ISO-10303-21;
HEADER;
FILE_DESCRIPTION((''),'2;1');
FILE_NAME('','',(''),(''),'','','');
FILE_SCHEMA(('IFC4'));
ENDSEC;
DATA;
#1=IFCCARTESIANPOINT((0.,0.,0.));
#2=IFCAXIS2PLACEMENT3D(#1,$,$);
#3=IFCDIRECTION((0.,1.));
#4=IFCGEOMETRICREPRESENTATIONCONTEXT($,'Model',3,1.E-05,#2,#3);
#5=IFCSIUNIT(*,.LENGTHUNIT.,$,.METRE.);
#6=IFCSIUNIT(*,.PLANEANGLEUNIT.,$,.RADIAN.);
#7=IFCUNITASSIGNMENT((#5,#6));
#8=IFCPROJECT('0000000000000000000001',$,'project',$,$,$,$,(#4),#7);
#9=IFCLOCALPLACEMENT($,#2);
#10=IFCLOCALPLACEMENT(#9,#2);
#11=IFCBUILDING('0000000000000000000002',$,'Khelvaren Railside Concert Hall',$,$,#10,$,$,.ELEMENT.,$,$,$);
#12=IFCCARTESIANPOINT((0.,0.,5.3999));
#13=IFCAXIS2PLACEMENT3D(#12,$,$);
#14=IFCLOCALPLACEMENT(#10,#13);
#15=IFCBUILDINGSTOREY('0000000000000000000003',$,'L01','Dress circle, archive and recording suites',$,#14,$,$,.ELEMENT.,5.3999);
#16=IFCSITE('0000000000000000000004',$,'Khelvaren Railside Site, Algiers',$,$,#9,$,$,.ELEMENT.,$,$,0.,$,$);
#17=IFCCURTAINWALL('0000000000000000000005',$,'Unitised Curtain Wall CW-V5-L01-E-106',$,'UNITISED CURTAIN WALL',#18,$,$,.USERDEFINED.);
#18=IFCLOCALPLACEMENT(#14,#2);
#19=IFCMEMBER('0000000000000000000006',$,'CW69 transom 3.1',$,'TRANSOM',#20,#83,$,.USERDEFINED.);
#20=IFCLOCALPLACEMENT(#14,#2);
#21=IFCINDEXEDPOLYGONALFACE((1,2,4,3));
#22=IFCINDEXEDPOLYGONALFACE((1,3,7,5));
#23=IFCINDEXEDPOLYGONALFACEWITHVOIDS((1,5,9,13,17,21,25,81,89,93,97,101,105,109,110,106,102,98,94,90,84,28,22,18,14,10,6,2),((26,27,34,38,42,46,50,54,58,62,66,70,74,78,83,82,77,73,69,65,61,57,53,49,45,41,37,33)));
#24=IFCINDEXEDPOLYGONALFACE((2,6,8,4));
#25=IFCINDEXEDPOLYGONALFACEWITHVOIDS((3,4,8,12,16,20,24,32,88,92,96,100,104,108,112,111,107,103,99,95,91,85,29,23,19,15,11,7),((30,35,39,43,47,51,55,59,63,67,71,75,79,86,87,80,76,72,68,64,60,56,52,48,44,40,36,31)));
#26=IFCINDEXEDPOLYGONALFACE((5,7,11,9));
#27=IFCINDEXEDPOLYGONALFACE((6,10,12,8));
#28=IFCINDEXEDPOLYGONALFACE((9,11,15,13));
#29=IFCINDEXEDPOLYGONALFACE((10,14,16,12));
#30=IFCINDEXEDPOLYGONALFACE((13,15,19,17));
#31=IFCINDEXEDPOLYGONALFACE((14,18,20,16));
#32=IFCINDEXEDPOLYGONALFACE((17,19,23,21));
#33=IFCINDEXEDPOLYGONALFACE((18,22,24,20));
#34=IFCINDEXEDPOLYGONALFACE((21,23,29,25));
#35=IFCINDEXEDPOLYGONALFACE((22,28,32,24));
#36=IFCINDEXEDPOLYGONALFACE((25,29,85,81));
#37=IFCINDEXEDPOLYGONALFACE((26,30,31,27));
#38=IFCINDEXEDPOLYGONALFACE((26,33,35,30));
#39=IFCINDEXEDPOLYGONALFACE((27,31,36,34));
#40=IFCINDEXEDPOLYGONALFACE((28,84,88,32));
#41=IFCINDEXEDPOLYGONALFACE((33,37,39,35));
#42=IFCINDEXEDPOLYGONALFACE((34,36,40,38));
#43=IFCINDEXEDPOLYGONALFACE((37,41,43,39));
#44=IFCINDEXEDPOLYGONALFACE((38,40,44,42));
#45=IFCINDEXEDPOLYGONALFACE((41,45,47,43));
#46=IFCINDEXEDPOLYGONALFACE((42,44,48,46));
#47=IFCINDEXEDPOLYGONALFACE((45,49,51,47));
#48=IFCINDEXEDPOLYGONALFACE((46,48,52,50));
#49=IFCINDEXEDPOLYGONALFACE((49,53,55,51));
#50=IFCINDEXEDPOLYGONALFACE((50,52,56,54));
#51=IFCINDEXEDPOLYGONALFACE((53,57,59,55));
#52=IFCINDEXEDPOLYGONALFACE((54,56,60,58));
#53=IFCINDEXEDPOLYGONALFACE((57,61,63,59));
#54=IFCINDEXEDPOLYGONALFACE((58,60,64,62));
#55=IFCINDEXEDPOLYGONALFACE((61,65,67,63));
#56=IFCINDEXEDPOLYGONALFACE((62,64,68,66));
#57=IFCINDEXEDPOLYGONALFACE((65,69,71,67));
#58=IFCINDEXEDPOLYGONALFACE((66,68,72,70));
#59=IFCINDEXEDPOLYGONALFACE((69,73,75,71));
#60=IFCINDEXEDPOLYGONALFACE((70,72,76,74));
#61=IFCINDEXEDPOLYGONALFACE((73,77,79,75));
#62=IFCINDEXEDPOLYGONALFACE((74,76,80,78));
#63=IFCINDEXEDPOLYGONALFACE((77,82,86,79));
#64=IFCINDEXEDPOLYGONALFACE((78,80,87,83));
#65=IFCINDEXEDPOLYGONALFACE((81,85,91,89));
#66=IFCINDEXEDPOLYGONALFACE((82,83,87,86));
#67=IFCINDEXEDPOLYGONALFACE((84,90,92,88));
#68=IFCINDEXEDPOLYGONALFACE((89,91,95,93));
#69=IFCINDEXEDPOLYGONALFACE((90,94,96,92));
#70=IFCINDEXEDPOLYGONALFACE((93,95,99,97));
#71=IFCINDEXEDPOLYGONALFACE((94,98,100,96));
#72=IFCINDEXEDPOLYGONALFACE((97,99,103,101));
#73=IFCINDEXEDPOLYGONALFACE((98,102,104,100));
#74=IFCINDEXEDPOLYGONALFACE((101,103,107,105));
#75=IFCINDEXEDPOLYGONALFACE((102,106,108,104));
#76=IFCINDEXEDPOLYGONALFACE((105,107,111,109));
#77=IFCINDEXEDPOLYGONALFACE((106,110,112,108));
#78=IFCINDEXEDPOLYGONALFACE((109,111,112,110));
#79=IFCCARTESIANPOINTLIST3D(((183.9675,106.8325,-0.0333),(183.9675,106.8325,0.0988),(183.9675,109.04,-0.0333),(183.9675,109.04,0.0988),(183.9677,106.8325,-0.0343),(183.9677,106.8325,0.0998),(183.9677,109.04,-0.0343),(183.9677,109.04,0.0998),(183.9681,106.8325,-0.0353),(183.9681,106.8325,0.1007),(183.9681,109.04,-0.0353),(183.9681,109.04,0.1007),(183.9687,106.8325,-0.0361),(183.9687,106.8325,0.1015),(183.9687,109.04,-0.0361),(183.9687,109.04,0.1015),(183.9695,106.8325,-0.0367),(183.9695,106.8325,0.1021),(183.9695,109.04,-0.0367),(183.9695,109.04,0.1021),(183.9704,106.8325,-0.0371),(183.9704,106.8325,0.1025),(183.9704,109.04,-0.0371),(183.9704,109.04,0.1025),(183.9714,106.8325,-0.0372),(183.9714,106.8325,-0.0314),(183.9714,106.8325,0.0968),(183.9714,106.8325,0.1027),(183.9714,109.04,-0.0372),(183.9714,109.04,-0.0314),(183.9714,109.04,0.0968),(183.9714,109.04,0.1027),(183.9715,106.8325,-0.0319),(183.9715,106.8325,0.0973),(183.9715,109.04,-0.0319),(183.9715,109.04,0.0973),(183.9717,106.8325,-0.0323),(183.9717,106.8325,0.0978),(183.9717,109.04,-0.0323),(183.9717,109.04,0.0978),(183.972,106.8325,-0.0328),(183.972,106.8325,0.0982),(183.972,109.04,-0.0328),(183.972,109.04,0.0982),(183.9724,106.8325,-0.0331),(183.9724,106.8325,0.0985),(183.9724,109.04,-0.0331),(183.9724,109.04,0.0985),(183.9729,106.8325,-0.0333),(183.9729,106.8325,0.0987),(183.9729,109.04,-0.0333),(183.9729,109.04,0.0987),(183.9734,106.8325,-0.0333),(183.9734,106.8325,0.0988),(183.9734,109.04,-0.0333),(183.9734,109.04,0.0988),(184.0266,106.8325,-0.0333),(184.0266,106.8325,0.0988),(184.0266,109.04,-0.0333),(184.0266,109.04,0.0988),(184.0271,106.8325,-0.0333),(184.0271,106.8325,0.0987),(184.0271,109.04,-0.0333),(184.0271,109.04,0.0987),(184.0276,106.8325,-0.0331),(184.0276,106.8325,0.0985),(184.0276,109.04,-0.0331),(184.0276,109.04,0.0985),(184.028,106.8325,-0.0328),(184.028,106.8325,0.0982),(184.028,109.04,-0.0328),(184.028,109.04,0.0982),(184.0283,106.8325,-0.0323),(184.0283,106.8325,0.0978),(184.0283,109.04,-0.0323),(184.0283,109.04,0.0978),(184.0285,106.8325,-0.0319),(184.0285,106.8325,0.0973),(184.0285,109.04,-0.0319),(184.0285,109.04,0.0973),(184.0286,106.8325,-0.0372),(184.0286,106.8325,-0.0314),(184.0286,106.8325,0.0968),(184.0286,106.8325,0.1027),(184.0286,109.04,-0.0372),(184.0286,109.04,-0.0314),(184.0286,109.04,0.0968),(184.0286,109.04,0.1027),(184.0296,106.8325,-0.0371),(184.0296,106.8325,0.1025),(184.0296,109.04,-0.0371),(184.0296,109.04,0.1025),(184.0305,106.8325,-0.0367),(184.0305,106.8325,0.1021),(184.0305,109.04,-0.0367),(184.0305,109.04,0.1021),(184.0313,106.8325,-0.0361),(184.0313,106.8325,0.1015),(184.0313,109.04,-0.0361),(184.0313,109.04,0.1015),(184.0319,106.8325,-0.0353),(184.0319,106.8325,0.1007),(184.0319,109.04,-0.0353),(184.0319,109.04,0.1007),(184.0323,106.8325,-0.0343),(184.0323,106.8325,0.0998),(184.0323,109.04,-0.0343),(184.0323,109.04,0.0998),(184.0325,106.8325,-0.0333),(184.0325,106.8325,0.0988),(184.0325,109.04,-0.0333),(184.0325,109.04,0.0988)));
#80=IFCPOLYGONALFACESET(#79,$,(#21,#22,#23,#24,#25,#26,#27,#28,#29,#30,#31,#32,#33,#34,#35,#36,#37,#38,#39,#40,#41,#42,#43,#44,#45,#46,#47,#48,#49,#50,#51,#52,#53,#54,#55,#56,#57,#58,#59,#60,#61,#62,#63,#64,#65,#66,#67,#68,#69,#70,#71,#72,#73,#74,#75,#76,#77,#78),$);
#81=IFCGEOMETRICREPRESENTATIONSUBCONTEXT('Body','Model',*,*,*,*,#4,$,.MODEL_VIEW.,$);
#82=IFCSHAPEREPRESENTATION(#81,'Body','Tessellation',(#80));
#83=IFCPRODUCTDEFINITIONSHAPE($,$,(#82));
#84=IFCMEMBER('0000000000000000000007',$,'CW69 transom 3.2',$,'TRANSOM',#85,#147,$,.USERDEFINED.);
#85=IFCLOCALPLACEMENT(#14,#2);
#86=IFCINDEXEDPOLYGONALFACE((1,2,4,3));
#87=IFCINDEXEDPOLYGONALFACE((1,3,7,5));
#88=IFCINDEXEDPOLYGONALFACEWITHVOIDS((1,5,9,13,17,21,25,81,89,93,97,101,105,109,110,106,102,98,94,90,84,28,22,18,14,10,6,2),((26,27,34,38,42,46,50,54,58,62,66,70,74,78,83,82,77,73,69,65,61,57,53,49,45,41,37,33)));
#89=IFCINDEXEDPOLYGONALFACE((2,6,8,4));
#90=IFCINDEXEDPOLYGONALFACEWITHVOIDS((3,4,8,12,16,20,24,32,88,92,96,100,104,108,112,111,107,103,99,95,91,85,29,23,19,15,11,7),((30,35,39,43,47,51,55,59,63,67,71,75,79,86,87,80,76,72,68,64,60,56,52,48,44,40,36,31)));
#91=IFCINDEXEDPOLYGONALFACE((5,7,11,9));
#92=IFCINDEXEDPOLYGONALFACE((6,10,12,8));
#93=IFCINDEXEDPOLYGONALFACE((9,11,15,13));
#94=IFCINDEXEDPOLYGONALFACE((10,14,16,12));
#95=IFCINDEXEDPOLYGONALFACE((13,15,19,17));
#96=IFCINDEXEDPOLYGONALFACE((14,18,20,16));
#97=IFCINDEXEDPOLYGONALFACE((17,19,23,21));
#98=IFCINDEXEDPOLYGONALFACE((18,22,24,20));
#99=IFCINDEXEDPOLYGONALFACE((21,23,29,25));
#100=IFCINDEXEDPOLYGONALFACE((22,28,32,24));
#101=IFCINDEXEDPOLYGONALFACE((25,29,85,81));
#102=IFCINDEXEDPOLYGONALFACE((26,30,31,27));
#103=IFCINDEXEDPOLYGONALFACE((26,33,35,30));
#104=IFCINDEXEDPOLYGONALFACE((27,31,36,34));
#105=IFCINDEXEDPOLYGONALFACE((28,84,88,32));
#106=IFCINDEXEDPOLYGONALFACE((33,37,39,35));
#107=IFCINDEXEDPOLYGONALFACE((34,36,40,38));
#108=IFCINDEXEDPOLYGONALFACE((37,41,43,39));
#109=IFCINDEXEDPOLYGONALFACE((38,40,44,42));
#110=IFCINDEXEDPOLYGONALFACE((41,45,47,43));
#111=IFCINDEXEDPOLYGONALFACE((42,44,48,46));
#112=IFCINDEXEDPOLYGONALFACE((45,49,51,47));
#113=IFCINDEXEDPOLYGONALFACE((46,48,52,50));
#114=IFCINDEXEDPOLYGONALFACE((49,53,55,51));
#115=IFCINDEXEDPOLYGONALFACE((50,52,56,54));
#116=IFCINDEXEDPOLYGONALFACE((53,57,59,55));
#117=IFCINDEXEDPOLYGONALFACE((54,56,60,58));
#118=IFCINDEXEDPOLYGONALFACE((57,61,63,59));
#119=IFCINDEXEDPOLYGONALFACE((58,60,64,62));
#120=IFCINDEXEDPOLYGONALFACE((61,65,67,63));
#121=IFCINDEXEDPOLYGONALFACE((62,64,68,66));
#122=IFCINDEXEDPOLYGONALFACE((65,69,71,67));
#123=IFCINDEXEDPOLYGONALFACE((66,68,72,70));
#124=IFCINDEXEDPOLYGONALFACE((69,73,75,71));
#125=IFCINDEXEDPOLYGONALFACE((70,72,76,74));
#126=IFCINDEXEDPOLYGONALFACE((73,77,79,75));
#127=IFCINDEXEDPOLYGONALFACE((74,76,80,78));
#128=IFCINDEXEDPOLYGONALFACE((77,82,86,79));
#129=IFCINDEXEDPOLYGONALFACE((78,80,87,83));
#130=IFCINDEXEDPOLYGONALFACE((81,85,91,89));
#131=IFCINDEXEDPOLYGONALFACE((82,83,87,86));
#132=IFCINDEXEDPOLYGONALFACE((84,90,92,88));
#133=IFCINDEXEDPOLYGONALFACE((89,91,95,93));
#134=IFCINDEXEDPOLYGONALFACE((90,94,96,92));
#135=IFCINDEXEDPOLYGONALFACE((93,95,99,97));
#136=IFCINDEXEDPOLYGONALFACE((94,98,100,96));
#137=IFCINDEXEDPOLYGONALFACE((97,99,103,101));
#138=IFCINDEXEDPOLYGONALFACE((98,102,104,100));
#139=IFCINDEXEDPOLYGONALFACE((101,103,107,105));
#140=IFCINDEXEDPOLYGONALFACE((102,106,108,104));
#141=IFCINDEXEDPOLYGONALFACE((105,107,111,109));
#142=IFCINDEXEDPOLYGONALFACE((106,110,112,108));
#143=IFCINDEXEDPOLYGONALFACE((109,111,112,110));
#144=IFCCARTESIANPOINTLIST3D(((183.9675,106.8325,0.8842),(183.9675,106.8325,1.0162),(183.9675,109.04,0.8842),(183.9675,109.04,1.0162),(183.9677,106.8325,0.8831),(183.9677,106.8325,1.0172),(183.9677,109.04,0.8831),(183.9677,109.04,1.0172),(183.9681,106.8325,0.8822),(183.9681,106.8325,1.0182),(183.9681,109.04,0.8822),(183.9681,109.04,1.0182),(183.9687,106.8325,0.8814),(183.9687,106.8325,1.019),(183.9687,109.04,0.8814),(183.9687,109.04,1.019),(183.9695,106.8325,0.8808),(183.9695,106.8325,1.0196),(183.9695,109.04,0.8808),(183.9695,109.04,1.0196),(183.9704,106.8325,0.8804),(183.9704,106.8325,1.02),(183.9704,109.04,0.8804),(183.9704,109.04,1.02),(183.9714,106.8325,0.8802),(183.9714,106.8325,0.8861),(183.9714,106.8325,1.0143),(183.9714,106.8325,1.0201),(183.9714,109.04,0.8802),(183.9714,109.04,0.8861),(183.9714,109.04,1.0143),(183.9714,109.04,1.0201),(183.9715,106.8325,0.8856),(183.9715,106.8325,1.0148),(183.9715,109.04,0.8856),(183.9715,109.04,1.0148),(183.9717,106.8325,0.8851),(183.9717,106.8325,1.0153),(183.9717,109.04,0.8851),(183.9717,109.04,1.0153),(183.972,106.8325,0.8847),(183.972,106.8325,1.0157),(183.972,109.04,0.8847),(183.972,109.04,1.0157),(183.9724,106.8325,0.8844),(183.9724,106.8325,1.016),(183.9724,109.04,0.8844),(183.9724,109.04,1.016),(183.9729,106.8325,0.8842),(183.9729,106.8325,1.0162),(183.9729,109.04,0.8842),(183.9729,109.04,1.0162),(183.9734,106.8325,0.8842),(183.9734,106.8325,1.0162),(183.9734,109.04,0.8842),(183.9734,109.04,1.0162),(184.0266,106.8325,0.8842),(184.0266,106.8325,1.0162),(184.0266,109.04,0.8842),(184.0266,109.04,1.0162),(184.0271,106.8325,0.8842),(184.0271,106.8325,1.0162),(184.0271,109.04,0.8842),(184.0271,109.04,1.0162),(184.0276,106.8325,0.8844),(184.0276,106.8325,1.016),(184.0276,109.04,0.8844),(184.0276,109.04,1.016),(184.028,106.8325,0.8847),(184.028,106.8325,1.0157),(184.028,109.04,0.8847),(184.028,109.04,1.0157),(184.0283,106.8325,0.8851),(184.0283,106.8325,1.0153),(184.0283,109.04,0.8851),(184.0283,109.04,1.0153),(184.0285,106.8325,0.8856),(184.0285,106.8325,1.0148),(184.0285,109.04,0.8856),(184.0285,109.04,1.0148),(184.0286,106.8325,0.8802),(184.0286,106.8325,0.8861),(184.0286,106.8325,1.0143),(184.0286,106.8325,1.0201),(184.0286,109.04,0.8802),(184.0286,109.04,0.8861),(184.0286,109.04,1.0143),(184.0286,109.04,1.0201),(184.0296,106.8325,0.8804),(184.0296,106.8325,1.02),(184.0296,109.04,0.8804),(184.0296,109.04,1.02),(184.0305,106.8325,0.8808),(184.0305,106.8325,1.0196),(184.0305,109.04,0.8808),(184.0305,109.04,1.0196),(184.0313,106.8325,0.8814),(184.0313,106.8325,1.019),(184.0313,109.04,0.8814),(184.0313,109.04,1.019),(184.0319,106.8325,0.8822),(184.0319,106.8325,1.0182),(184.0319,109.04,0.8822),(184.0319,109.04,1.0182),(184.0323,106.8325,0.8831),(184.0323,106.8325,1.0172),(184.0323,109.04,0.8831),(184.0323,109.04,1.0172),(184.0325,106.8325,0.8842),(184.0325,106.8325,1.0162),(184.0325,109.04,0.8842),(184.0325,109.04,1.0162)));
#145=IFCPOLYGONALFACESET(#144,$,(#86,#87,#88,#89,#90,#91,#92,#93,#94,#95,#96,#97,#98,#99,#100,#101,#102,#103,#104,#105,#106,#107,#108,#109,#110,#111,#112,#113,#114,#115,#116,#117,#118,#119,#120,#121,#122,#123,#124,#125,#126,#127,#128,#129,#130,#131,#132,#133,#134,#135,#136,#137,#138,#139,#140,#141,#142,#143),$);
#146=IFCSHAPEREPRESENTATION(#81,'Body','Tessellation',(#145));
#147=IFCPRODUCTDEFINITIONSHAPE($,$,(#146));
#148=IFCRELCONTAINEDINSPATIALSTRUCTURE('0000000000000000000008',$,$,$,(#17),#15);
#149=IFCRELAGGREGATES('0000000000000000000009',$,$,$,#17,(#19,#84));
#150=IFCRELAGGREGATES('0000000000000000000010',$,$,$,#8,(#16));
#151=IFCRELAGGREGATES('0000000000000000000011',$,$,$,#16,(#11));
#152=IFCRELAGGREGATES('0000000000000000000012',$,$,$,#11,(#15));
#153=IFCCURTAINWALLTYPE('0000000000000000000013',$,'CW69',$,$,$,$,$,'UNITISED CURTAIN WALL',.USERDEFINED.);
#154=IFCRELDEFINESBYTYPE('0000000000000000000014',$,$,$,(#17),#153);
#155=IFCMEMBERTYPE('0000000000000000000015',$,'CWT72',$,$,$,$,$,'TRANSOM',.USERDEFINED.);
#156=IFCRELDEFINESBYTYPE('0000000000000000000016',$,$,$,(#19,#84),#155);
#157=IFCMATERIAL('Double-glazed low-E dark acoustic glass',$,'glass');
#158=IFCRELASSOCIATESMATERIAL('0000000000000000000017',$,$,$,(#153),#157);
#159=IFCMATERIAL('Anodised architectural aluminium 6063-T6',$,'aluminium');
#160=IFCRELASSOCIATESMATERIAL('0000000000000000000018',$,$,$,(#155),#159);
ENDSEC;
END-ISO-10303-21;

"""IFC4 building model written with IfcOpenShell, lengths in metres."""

from ifc_helpers import new_model, si_unit, direction, frame, origin, origin_2d, place, context, subcontext, project, spatial, hollow_rectangle, extrude, material, material_profile, profile_set, type_object, element, aggregate, save


model = new_model("IFC4")

# Units and contexts
model_context = context("Model", 3, precision=1e-05, world=origin(), true_north=direction((0.0, 1.0)))
body_context = subcontext(model_context, "Body", "Model", "MODEL_VIEW")
ifc_project = project(units=[si_unit("LENGTHUNIT", "METRE"), si_unit("PLANEANGLEUNIT", "RADIAN")], contexts=[model_context])

# Site, building, storey
site_placement = place(None, origin())
site = spatial("IfcSite", under=ifc_project, at=site_placement, Name="Khelvaren Railside Site, Algiers", CompositionType="ELEMENT", RefElevation=0.0)
building_placement = place(site_placement, origin())
building = spatial("IfcBuilding", under=site, at=building_placement, Name="Khelvaren Railside Concert Hall", CompositionType="ELEMENT")
storey_placement = place(building_placement, frame((0.0, 0.0, 5.3999)))
storey = spatial("IfcBuildingStorey", under=building, at=storey_placement, Name="L01", Description="Dress circle, archive and recording suites", CompositionType="ELEMENT", Elevation=5.3999)

# Curtain wall, members
ifc_material_1 = material(Name="Double-glazed low-E dark acoustic glass", Category="glass")
curtain_wall_type = type_object("IfcCurtainWallType", Name="CW69", ElementType="UNITISED CURTAIN WALL", PredefinedType="USERDEFINED", material=ifc_material_1)
curtain_wall_placement = place(storey_placement, origin())
curtain_wall = element("IfcCurtainWall", 1, at=curtain_wall_placement, inside=storey, type_object=curtain_wall_type, Name="Unitised Curtain Wall CW-V5-L01-E-106", ObjectType="UNITISED CURTAIN WALL", PredefinedType="USERDEFINED")
ifc_material_2 = material(Name="Anodised architectural aluminium 6063-T6", Category="aluminium")
ifc_material_profile_1 = material_profile(ifc_material_2, hollow_rectangle(XDim=0.0649, YDim=0.1399, WallThickness=0.0039, InnerFilletRadius=0.002, OuterFilletRadius=0.0039, at=origin_2d()), Name="CWT 65x140x4")
ifc_profile_set_1 = profile_set([ifc_material_profile_1], Name="Anodised architectural aluminium 6063-T6")
member_type_1 = type_object("IfcMemberType", Name="CWT72", ElementType="TRANSOM", PredefinedType="USERDEFINED", material=ifc_profile_set_1)
member_1_placement = place(storey_placement, frame((184.0, 109.04, 0.0327), z_axis=(0.0, -1.0, 0.0), x_axis=(1.0, 0.0, 0.0)))
member_1 = element("IfcMember", 2, at=member_1_placement, type_object=member_type_1, Name="CW69 transom 3.1", ObjectType="TRANSOM", PredefinedType="USERDEFINED", context=body_context, shape_type="SweptSolid", body=[
    extrude(hollow_rectangle(XDim=0.0649, YDim=0.1399, WallThickness=0.0039, InnerFilletRadius=0.002, OuterFilletRadius=0.0039, at=origin_2d()), origin(), (0.0, 0.0, 1.0), 2.2075),
])
member_2_placement = place(storey_placement, frame((184.0, 109.04, 0.9502), z_axis=(0.0, -1.0, 0.0), x_axis=(1.0, 0.0, 0.0)))
member_2 = element("IfcMember", 3, at=member_2_placement, type_object=member_type_1, Name="CW69 transom 3.2", ObjectType="TRANSOM", PredefinedType="USERDEFINED", context=body_context, shape_type="SweptSolid", body=[
    extrude(hollow_rectangle(XDim=0.0649, YDim=0.1399, WallThickness=0.0039, InnerFilletRadius=0.002, OuterFilletRadius=0.0039, at=origin_2d()), origin(), (0.0, 0.0, 1.0), 2.2075),
])

aggregate(curtain_wall, [member_1, member_2])

save(model, "model.ifc")
